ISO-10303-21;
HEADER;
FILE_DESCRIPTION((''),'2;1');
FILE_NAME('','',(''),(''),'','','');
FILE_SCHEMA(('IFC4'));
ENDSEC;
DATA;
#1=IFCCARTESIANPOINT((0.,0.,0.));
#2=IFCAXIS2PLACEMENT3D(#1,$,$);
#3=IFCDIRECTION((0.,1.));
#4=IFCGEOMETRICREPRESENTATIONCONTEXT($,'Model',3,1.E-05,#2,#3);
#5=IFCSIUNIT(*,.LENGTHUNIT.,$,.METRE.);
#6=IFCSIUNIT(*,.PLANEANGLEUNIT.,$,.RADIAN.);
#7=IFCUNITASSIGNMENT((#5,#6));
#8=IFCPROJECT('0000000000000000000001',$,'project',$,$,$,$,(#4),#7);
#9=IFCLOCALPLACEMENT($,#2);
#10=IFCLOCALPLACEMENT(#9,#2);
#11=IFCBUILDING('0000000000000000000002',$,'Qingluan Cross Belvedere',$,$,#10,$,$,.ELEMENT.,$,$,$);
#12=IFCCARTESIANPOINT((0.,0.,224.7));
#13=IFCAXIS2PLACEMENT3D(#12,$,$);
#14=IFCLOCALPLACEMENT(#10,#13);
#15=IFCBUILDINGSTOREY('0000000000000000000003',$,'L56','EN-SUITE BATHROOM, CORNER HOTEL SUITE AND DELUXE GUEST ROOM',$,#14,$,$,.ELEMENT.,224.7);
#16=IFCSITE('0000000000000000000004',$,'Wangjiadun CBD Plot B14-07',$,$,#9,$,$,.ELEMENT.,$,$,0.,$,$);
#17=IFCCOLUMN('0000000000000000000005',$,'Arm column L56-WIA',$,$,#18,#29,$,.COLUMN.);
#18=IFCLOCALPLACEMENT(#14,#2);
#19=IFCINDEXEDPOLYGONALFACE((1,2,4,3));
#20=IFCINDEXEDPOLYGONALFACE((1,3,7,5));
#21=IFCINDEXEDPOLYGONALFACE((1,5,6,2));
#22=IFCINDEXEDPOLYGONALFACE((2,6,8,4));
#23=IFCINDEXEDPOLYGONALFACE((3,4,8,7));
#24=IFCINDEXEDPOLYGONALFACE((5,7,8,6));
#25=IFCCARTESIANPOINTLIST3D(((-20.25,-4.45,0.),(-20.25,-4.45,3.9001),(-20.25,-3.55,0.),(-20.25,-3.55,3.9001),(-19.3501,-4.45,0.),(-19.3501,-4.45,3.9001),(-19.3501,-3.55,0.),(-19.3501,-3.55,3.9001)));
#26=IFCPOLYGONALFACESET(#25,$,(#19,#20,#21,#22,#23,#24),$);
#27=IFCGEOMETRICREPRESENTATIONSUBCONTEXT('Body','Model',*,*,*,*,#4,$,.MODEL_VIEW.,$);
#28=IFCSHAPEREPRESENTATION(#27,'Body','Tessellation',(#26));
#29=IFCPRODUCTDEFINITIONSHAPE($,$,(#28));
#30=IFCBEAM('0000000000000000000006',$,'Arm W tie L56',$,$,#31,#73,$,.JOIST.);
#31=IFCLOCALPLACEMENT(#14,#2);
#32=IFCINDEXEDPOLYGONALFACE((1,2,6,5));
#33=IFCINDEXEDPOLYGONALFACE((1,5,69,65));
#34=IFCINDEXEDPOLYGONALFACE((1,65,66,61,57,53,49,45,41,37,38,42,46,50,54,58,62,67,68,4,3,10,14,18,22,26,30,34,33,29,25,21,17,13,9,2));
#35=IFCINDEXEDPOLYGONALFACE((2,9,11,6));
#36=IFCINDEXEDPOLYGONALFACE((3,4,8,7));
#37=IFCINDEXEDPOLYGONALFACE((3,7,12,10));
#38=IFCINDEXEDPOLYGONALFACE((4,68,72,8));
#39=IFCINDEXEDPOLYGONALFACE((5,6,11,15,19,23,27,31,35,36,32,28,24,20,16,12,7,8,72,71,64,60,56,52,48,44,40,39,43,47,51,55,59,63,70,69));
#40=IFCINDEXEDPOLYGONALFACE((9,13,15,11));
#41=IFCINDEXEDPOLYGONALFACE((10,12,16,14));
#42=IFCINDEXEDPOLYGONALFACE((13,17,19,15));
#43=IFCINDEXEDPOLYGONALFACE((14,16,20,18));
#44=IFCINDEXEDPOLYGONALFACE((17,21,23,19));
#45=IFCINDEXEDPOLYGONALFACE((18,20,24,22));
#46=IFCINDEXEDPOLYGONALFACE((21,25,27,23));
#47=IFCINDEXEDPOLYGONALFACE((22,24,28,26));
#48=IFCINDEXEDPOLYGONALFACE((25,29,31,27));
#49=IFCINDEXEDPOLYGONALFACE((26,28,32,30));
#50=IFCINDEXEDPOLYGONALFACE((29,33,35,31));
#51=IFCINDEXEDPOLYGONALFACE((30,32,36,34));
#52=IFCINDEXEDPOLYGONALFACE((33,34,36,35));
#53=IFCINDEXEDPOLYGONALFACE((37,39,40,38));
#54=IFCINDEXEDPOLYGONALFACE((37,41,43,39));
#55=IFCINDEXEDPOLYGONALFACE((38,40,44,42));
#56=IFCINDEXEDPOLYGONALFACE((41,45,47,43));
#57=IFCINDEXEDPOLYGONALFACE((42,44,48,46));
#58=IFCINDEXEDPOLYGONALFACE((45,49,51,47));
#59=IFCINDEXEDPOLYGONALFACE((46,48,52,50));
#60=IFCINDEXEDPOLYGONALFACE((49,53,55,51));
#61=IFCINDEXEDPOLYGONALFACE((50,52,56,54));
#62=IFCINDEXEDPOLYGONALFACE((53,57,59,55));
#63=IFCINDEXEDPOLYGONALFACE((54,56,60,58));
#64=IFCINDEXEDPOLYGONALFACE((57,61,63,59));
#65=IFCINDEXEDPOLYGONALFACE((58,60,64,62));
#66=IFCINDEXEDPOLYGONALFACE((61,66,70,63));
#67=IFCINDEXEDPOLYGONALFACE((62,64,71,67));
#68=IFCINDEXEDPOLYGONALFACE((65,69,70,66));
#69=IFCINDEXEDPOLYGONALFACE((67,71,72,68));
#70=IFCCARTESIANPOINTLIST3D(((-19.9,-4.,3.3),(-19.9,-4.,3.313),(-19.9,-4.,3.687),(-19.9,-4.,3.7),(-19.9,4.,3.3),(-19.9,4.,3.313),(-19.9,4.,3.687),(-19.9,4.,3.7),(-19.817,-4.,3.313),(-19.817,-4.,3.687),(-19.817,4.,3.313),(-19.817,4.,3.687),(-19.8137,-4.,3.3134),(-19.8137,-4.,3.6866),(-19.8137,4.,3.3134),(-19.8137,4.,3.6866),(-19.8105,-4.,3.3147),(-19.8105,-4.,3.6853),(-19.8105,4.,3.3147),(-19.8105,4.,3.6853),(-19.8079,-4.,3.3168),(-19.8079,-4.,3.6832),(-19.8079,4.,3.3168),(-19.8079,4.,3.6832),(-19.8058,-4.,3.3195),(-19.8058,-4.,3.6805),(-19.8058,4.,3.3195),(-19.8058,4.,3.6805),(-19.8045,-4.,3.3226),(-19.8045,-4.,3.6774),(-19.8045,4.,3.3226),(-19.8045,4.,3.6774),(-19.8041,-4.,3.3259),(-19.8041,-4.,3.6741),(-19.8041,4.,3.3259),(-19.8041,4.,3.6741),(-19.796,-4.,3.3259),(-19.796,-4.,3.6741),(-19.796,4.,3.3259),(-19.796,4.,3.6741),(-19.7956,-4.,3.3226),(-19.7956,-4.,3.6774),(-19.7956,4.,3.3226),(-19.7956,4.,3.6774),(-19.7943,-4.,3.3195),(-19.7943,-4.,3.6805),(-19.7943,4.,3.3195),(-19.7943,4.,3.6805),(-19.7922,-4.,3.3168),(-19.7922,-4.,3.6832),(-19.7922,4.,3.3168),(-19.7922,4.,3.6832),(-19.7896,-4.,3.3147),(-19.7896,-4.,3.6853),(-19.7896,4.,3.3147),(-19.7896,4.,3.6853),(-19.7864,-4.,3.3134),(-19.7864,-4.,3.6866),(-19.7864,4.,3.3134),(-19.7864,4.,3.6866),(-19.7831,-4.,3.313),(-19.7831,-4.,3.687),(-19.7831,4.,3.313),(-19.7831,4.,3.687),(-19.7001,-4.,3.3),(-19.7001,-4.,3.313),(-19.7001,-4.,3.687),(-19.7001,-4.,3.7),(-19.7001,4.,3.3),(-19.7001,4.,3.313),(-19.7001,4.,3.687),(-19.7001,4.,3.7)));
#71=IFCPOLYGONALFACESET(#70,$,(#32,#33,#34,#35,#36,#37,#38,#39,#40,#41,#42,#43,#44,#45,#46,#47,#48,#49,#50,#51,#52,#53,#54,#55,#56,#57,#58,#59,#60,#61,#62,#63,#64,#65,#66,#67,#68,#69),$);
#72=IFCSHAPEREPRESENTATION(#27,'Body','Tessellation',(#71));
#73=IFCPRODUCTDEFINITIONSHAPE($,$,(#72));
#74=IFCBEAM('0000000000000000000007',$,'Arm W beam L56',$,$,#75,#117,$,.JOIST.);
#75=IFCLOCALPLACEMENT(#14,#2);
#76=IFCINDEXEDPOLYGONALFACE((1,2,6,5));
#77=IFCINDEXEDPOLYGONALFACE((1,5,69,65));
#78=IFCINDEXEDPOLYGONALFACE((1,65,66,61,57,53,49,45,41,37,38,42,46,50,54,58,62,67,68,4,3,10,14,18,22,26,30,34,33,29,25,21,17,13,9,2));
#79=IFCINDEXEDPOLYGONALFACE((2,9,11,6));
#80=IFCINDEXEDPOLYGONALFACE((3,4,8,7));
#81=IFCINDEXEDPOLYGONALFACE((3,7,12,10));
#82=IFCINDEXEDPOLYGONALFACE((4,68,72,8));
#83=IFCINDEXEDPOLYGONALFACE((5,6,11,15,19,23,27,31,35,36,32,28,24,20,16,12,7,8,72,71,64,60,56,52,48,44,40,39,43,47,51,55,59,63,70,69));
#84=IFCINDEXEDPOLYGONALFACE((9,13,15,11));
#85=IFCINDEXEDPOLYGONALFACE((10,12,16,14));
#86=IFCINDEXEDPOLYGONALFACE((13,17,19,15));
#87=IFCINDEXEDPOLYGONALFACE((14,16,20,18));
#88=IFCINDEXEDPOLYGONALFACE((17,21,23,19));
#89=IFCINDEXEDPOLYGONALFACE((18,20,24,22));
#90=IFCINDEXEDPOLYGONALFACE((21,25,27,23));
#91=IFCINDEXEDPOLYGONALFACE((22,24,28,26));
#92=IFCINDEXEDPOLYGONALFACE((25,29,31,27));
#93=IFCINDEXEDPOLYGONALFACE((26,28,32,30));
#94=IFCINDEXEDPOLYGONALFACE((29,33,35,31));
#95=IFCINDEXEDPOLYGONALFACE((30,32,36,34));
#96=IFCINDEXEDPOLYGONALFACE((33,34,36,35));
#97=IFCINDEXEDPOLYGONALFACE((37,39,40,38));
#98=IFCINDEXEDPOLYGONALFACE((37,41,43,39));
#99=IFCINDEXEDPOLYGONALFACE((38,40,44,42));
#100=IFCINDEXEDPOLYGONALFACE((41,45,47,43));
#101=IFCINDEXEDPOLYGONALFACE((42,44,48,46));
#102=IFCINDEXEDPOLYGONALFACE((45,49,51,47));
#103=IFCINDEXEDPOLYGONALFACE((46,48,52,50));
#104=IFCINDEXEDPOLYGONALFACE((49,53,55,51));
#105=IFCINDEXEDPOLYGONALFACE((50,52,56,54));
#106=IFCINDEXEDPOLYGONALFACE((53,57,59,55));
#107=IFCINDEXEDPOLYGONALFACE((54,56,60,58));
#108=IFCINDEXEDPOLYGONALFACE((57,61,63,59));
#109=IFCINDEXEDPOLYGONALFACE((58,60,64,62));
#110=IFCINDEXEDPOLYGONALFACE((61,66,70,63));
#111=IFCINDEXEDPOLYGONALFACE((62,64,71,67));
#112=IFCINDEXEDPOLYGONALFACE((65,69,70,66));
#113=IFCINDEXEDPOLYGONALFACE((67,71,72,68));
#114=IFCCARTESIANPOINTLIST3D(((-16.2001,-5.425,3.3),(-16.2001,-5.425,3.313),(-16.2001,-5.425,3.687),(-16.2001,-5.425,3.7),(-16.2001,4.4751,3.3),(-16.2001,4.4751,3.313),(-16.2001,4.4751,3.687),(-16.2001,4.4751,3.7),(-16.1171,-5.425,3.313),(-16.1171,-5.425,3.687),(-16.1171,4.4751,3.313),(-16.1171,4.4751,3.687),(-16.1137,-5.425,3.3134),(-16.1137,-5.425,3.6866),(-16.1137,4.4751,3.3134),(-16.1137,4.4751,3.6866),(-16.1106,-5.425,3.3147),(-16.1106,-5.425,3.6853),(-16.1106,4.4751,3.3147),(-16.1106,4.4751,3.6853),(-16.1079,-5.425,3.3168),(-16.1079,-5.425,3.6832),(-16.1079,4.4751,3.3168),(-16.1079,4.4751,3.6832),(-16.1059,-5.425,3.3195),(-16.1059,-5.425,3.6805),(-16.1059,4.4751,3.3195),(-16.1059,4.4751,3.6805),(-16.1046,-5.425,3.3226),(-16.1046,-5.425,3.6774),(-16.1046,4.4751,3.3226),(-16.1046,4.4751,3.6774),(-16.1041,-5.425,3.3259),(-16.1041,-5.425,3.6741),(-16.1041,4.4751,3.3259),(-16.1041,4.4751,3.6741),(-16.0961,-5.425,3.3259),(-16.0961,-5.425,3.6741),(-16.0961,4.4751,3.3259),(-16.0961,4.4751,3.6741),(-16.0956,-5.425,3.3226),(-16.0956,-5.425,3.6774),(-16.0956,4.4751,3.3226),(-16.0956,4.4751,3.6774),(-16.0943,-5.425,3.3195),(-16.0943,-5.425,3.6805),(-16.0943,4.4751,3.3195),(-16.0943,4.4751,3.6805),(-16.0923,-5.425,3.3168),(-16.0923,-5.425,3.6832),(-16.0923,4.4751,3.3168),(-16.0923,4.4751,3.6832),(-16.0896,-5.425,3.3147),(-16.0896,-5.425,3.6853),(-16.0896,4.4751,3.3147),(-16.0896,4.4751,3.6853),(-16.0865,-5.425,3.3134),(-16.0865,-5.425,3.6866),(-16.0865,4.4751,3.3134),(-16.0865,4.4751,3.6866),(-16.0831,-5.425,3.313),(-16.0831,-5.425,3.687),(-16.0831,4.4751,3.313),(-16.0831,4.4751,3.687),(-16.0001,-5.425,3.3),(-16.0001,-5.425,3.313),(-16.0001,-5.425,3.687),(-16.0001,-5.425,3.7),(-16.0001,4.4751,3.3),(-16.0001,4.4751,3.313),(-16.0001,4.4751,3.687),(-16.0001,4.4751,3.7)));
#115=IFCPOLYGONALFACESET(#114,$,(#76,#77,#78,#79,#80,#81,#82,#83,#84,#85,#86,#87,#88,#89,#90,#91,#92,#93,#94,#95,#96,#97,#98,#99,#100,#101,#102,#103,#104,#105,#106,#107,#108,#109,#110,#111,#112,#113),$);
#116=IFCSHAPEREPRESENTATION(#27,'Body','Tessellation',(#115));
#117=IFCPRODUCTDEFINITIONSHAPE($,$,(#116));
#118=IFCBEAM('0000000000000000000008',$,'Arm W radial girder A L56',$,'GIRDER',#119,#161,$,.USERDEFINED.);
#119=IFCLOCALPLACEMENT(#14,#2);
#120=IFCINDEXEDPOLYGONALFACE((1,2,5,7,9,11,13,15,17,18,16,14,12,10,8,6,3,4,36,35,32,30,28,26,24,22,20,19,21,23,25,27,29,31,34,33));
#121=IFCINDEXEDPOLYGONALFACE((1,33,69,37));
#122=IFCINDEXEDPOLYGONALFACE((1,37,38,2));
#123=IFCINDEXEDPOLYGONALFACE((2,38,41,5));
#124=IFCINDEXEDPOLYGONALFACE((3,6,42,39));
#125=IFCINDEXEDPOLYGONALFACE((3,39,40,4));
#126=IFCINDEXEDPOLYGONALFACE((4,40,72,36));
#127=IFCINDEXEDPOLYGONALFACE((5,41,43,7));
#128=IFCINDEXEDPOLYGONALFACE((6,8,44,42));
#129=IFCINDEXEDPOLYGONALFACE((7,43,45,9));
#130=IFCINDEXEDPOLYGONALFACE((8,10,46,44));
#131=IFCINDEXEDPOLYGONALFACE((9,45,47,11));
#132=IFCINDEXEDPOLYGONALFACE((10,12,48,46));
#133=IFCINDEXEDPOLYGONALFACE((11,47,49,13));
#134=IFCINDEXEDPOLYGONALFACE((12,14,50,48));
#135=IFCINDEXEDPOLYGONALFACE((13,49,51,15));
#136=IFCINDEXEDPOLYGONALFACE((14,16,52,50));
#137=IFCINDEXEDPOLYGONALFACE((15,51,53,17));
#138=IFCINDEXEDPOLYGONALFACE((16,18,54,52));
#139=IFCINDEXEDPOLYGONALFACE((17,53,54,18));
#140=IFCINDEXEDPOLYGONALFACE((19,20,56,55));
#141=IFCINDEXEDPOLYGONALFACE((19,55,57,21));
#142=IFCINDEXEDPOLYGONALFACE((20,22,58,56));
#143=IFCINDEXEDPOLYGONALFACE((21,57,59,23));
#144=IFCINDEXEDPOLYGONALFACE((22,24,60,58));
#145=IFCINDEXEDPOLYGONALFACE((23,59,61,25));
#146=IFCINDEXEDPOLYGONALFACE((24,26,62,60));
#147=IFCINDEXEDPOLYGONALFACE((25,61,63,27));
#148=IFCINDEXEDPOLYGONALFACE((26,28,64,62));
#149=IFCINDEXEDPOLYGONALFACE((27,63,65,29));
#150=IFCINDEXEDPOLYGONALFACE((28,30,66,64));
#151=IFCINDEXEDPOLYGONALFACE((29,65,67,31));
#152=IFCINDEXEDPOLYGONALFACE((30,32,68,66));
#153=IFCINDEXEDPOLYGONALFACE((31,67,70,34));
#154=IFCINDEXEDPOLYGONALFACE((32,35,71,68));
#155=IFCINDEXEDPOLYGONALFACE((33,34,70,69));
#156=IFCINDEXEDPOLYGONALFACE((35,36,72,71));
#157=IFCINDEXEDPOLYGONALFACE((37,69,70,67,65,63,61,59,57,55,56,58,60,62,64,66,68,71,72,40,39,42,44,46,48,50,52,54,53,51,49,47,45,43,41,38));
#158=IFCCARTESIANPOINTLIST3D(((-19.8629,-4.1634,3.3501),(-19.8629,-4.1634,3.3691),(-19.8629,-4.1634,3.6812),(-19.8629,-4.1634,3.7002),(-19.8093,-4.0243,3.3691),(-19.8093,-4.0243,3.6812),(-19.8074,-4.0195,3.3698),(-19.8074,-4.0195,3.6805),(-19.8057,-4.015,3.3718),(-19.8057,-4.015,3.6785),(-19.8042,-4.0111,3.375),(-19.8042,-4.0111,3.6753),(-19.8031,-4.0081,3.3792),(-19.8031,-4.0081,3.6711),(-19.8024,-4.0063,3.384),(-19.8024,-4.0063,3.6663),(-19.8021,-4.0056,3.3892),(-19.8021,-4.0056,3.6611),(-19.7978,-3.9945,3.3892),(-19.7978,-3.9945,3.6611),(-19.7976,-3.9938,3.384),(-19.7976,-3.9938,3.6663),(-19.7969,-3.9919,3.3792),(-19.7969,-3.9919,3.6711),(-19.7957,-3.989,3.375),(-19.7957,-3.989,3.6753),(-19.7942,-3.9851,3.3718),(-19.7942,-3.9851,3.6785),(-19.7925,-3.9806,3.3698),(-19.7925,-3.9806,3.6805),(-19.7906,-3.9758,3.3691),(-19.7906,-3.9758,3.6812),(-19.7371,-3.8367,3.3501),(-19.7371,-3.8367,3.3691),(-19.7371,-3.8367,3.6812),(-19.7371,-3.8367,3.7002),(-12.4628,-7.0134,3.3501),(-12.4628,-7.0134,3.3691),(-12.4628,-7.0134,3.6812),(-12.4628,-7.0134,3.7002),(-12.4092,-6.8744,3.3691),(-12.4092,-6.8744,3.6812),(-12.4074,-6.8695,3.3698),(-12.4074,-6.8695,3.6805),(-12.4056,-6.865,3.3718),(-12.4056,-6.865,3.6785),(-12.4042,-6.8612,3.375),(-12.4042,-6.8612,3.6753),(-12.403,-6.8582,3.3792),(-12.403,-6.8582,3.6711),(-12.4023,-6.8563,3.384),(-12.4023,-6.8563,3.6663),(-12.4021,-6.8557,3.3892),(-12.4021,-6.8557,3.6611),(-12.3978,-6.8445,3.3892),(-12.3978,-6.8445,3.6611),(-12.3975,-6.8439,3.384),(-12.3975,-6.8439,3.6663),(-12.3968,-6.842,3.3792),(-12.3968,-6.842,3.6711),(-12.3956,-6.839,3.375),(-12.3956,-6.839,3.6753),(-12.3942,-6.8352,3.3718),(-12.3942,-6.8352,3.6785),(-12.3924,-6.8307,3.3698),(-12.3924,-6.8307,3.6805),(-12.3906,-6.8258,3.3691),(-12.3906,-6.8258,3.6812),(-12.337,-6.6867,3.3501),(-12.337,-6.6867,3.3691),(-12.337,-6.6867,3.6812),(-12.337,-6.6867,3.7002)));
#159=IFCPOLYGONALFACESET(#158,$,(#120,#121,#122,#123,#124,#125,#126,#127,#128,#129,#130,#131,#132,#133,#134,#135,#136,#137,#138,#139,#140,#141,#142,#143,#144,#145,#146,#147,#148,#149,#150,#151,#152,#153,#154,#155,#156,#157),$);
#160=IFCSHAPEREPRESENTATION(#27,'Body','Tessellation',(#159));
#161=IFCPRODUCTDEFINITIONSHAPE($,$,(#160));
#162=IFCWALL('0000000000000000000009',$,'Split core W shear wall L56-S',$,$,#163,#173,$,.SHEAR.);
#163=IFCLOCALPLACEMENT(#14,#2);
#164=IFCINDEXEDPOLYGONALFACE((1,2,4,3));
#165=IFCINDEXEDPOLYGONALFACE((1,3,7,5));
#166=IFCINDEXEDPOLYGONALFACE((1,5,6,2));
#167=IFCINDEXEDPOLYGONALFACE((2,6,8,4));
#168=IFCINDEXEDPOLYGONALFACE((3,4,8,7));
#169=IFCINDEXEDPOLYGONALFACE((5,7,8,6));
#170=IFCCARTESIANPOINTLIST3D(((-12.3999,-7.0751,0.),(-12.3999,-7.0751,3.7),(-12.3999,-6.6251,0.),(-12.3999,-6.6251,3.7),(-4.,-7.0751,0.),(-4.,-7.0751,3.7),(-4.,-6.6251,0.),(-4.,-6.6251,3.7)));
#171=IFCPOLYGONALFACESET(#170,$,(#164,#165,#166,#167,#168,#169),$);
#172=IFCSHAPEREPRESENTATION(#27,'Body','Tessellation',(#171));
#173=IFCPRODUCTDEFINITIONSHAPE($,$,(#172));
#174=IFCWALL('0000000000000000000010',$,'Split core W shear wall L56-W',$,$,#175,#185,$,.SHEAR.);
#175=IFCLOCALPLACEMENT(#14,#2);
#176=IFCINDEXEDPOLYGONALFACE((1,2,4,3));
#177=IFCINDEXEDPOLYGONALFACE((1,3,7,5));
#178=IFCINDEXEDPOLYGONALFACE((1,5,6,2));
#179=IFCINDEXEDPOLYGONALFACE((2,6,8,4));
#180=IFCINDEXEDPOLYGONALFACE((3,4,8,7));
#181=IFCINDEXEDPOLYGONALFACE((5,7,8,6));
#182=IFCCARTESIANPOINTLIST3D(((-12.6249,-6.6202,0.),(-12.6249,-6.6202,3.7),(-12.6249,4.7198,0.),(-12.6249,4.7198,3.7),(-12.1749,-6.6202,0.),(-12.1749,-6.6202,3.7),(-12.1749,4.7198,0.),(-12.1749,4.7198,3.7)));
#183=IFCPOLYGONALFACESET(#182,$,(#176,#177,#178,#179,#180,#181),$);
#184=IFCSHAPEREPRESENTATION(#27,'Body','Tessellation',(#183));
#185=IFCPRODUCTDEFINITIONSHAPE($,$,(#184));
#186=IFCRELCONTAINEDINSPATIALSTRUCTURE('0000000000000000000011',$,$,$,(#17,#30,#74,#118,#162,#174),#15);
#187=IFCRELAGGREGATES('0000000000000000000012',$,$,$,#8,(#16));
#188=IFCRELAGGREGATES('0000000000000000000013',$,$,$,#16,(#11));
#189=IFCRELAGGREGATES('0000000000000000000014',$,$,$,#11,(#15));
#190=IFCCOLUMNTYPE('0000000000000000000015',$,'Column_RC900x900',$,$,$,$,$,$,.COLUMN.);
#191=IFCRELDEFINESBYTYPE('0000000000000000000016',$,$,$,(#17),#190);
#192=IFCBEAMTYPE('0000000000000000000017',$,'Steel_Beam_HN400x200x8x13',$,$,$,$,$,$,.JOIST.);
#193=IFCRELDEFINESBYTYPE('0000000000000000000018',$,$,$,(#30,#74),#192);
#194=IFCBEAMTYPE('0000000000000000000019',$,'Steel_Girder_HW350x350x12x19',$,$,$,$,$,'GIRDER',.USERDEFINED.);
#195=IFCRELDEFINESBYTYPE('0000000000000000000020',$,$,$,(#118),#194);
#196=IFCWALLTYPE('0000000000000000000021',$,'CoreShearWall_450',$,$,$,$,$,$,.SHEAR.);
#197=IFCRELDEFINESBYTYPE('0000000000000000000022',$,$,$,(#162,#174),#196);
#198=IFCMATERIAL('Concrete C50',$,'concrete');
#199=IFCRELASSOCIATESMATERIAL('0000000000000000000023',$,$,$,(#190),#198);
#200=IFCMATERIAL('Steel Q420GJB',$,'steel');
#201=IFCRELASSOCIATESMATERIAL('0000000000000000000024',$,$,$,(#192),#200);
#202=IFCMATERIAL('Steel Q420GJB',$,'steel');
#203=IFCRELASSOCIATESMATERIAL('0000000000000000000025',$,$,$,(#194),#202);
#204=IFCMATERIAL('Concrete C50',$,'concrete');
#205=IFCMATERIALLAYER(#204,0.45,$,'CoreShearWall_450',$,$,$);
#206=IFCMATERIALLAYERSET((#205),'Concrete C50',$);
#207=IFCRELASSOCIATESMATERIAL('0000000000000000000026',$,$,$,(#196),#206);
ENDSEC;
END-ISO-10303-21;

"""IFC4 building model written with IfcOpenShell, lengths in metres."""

from ifc_helpers import new_model, si_unit, direction, frame, frame_2d, origin, origin_2d, place, context, subcontext, project, spatial, rectangle, i_section, extrude, material, layer, layer_set, material_profile, profile_set, type_object, element, save


model = new_model("IFC4")

# Units and contexts
model_context = context("Model", 3, precision=1e-05, world=origin(), true_north=direction((0.0, 1.0)))
body_context = subcontext(model_context, "Body", "Model", "MODEL_VIEW")
ifc_project = project(units=[si_unit("LENGTHUNIT", "METRE"), si_unit("PLANEANGLEUNIT", "RADIAN")], contexts=[model_context])

# Site, building, storey
site_placement = place(None, origin())
site = spatial("IfcSite", under=ifc_project, at=site_placement, Name="Wangjiadun CBD Plot B14-07", CompositionType="ELEMENT", RefElevation=0.0)
building_placement = place(site_placement, origin())
building = spatial("IfcBuilding", under=site, at=building_placement, Name="Qingluan Cross Belvedere", CompositionType="ELEMENT")
storey_placement = place(building_placement, frame((0.0, 0.0, 224.7)))
storey = spatial("IfcBuildingStorey", under=building, at=storey_placement, Name="L56", Description="EN-SUITE BATHROOM, CORNER HOTEL SUITE AND DELUXE GUEST ROOM", CompositionType="ELEMENT", Elevation=224.7)

# Column
ifc_material_1 = material(Name="Concrete C50", Category="concrete")
ifc_material_profile_1 = material_profile(ifc_material_1, rectangle(XDim=0.8999, YDim=0.8999, at=origin_2d()), Name="RC900x900")
ifc_profile_set_1 = profile_set([ifc_material_profile_1], Name="Concrete C50")
column_type = type_object("IfcColumnType", Name="Column_RC900x900", PredefinedType="COLUMN", material=ifc_profile_set_1)
column_placement = place(storey_placement, frame((-19.8, -4.0, 0.0), z_axis=(0.0, 0.0, 1.0), x_axis=(1.0, 0.0, 0.0)))
element("IfcColumn", 1, at=column_placement, inside=storey, type_object=column_type, Name="Arm column L56-WIA", PredefinedType="COLUMN", context=body_context, shape_type="SweptSolid", body=[
    extrude(rectangle(XDim=0.8999, YDim=0.8999, at=origin_2d()), origin(), (0.0, 0.0, 1.0), 3.9001),
])

# Beams
ifc_material_2 = material(Name="Steel Q420GJB", Category="steel")
ifc_material_profile_2 = material_profile(ifc_material_2, i_section(OverallWidth=0.2, OverallDepth=0.3999, WebThickness=0.0081, FlangeThickness=0.0129, FilletRadius=0.0129, at=origin_2d()), Name="HN400x200x8x13")
ifc_profile_set_2 = profile_set([ifc_material_profile_2], Name="Steel Q420GJB")
beam_type_1 = type_object("IfcBeamType", Name="Steel_Beam_HN400x200x8x13", PredefinedType="JOIST", material=ifc_profile_set_2)
beam_1_placement = place(storey_placement, frame((-19.8, -4.0, 3.5), z_axis=(0.0, 1.0, 0.0), x_axis=(-1.0, 0.0, 0.0)))
element("IfcBeam", 2, at=beam_1_placement, inside=storey, type_object=beam_type_1, Name="Arm W tie L56", PredefinedType="JOIST", context=body_context, shape_type="SweptSolid", body=[
    extrude(i_section(OverallWidth=0.2, OverallDepth=0.3999, WebThickness=0.0081, FlangeThickness=0.0129, FilletRadius=0.0129, at=origin_2d()), origin(), (0.0, 0.0, 1.0), 8.0),
])
beam_2_placement = place(storey_placement, frame((-16.1001, -5.425, 3.5), z_axis=(0.0, 1.0, 0.0), x_axis=(-1.0, 0.0, 0.0)))
element("IfcBeam", 3, at=beam_2_placement, inside=storey, type_object=beam_type_1, Name="Arm W beam L56", PredefinedType="JOIST", context=body_context, shape_type="SweptSolid", body=[
    extrude(i_section(OverallWidth=0.2, OverallDepth=0.3999, WebThickness=0.0081, FlangeThickness=0.0129, FilletRadius=0.0129, at=origin_2d()), origin(), (0.0, 0.0, 1.0), 9.9001),
])
ifc_material_3 = material(Name="Steel Q420GJB", Category="steel")
ifc_material_profile_3 = material_profile(ifc_material_3, i_section(OverallWidth=0.3501, OverallDepth=0.3501, WebThickness=0.012, FlangeThickness=0.019, FilletRadius=0.02, at=origin_2d()), Name="HW350x350x12x19")
ifc_profile_set_3 = profile_set([ifc_material_profile_3], Name="Steel Q420GJB")
beam_type_2 = type_object("IfcBeamType", Name="Steel_Girder_HW350x350x12x19", ElementType="GIRDER", PredefinedType="USERDEFINED", material=ifc_profile_set_3)
beam_3_placement = place(storey_placement, frame((-12.3999, -6.8501, 3.5251), z_axis=(-0.933181, 0.359406, 0.0), x_axis=(-0.359406, -0.933181, 0.0)))
element("IfcBeam", 4, at=beam_3_placement, inside=storey, type_object=beam_type_2, Name="Arm W radial girder A L56", ObjectType="GIRDER", PredefinedType="USERDEFINED", context=body_context, shape_type="SweptSolid", body=[
    extrude(i_section(OverallWidth=0.3501, OverallDepth=0.3501, WebThickness=0.012, FlangeThickness=0.019, FilletRadius=0.02, at=origin_2d()), origin(), (0.0, 0.0, 1.0), 7.9299),
])

# Walls
ifc_material_4 = material(Name="Concrete C50", Category="concrete")
ifc_layer_1 = layer(ifc_material_4, 0.45, Name="CoreShearWall_450")
ifc_layer_set_1 = layer_set([ifc_layer_1], Name="Concrete C50")
wall_type_1 = type_object("IfcWallType", Name="CoreShearWall_450", PredefinedType="SHEAR", material=ifc_layer_set_1)
wall_1_placement = place(storey_placement, frame((-12.3999, -6.8501, 0.0), z_axis=(0.0, 0.0, 1.0), x_axis=(1.0, 0.0, 0.0)))
element("IfcWall", 5, at=wall_1_placement, inside=storey, type_object=wall_type_1, Name="Split core W shear wall L56-S", PredefinedType="SHEAR", context=body_context, shape_type="SweptSolid", body=[
    extrude(rectangle(XDim=8.3999, YDim=0.45, at=frame_2d((4.2, 0.0))), origin(), (0.0, 0.0, 1.0), 3.7),
])
wall_2_placement = place(storey_placement, frame((-12.3999, -6.6201, 0.0), z_axis=(0.0, 0.0, 1.0), x_axis=(0.0, 1.0, 0.0)))
element("IfcWall", 6, at=wall_2_placement, inside=storey, type_object=wall_type_1, Name="Split core W shear wall L56-W", PredefinedType="SHEAR", context=body_context, shape_type="SweptSolid", body=[
    extrude(rectangle(XDim=11.3401, YDim=0.45, at=frame_2d((5.6699, 0.0))), origin(), (0.0, 0.0, 1.0), 3.7),
])

save(model, "model.ifc")
